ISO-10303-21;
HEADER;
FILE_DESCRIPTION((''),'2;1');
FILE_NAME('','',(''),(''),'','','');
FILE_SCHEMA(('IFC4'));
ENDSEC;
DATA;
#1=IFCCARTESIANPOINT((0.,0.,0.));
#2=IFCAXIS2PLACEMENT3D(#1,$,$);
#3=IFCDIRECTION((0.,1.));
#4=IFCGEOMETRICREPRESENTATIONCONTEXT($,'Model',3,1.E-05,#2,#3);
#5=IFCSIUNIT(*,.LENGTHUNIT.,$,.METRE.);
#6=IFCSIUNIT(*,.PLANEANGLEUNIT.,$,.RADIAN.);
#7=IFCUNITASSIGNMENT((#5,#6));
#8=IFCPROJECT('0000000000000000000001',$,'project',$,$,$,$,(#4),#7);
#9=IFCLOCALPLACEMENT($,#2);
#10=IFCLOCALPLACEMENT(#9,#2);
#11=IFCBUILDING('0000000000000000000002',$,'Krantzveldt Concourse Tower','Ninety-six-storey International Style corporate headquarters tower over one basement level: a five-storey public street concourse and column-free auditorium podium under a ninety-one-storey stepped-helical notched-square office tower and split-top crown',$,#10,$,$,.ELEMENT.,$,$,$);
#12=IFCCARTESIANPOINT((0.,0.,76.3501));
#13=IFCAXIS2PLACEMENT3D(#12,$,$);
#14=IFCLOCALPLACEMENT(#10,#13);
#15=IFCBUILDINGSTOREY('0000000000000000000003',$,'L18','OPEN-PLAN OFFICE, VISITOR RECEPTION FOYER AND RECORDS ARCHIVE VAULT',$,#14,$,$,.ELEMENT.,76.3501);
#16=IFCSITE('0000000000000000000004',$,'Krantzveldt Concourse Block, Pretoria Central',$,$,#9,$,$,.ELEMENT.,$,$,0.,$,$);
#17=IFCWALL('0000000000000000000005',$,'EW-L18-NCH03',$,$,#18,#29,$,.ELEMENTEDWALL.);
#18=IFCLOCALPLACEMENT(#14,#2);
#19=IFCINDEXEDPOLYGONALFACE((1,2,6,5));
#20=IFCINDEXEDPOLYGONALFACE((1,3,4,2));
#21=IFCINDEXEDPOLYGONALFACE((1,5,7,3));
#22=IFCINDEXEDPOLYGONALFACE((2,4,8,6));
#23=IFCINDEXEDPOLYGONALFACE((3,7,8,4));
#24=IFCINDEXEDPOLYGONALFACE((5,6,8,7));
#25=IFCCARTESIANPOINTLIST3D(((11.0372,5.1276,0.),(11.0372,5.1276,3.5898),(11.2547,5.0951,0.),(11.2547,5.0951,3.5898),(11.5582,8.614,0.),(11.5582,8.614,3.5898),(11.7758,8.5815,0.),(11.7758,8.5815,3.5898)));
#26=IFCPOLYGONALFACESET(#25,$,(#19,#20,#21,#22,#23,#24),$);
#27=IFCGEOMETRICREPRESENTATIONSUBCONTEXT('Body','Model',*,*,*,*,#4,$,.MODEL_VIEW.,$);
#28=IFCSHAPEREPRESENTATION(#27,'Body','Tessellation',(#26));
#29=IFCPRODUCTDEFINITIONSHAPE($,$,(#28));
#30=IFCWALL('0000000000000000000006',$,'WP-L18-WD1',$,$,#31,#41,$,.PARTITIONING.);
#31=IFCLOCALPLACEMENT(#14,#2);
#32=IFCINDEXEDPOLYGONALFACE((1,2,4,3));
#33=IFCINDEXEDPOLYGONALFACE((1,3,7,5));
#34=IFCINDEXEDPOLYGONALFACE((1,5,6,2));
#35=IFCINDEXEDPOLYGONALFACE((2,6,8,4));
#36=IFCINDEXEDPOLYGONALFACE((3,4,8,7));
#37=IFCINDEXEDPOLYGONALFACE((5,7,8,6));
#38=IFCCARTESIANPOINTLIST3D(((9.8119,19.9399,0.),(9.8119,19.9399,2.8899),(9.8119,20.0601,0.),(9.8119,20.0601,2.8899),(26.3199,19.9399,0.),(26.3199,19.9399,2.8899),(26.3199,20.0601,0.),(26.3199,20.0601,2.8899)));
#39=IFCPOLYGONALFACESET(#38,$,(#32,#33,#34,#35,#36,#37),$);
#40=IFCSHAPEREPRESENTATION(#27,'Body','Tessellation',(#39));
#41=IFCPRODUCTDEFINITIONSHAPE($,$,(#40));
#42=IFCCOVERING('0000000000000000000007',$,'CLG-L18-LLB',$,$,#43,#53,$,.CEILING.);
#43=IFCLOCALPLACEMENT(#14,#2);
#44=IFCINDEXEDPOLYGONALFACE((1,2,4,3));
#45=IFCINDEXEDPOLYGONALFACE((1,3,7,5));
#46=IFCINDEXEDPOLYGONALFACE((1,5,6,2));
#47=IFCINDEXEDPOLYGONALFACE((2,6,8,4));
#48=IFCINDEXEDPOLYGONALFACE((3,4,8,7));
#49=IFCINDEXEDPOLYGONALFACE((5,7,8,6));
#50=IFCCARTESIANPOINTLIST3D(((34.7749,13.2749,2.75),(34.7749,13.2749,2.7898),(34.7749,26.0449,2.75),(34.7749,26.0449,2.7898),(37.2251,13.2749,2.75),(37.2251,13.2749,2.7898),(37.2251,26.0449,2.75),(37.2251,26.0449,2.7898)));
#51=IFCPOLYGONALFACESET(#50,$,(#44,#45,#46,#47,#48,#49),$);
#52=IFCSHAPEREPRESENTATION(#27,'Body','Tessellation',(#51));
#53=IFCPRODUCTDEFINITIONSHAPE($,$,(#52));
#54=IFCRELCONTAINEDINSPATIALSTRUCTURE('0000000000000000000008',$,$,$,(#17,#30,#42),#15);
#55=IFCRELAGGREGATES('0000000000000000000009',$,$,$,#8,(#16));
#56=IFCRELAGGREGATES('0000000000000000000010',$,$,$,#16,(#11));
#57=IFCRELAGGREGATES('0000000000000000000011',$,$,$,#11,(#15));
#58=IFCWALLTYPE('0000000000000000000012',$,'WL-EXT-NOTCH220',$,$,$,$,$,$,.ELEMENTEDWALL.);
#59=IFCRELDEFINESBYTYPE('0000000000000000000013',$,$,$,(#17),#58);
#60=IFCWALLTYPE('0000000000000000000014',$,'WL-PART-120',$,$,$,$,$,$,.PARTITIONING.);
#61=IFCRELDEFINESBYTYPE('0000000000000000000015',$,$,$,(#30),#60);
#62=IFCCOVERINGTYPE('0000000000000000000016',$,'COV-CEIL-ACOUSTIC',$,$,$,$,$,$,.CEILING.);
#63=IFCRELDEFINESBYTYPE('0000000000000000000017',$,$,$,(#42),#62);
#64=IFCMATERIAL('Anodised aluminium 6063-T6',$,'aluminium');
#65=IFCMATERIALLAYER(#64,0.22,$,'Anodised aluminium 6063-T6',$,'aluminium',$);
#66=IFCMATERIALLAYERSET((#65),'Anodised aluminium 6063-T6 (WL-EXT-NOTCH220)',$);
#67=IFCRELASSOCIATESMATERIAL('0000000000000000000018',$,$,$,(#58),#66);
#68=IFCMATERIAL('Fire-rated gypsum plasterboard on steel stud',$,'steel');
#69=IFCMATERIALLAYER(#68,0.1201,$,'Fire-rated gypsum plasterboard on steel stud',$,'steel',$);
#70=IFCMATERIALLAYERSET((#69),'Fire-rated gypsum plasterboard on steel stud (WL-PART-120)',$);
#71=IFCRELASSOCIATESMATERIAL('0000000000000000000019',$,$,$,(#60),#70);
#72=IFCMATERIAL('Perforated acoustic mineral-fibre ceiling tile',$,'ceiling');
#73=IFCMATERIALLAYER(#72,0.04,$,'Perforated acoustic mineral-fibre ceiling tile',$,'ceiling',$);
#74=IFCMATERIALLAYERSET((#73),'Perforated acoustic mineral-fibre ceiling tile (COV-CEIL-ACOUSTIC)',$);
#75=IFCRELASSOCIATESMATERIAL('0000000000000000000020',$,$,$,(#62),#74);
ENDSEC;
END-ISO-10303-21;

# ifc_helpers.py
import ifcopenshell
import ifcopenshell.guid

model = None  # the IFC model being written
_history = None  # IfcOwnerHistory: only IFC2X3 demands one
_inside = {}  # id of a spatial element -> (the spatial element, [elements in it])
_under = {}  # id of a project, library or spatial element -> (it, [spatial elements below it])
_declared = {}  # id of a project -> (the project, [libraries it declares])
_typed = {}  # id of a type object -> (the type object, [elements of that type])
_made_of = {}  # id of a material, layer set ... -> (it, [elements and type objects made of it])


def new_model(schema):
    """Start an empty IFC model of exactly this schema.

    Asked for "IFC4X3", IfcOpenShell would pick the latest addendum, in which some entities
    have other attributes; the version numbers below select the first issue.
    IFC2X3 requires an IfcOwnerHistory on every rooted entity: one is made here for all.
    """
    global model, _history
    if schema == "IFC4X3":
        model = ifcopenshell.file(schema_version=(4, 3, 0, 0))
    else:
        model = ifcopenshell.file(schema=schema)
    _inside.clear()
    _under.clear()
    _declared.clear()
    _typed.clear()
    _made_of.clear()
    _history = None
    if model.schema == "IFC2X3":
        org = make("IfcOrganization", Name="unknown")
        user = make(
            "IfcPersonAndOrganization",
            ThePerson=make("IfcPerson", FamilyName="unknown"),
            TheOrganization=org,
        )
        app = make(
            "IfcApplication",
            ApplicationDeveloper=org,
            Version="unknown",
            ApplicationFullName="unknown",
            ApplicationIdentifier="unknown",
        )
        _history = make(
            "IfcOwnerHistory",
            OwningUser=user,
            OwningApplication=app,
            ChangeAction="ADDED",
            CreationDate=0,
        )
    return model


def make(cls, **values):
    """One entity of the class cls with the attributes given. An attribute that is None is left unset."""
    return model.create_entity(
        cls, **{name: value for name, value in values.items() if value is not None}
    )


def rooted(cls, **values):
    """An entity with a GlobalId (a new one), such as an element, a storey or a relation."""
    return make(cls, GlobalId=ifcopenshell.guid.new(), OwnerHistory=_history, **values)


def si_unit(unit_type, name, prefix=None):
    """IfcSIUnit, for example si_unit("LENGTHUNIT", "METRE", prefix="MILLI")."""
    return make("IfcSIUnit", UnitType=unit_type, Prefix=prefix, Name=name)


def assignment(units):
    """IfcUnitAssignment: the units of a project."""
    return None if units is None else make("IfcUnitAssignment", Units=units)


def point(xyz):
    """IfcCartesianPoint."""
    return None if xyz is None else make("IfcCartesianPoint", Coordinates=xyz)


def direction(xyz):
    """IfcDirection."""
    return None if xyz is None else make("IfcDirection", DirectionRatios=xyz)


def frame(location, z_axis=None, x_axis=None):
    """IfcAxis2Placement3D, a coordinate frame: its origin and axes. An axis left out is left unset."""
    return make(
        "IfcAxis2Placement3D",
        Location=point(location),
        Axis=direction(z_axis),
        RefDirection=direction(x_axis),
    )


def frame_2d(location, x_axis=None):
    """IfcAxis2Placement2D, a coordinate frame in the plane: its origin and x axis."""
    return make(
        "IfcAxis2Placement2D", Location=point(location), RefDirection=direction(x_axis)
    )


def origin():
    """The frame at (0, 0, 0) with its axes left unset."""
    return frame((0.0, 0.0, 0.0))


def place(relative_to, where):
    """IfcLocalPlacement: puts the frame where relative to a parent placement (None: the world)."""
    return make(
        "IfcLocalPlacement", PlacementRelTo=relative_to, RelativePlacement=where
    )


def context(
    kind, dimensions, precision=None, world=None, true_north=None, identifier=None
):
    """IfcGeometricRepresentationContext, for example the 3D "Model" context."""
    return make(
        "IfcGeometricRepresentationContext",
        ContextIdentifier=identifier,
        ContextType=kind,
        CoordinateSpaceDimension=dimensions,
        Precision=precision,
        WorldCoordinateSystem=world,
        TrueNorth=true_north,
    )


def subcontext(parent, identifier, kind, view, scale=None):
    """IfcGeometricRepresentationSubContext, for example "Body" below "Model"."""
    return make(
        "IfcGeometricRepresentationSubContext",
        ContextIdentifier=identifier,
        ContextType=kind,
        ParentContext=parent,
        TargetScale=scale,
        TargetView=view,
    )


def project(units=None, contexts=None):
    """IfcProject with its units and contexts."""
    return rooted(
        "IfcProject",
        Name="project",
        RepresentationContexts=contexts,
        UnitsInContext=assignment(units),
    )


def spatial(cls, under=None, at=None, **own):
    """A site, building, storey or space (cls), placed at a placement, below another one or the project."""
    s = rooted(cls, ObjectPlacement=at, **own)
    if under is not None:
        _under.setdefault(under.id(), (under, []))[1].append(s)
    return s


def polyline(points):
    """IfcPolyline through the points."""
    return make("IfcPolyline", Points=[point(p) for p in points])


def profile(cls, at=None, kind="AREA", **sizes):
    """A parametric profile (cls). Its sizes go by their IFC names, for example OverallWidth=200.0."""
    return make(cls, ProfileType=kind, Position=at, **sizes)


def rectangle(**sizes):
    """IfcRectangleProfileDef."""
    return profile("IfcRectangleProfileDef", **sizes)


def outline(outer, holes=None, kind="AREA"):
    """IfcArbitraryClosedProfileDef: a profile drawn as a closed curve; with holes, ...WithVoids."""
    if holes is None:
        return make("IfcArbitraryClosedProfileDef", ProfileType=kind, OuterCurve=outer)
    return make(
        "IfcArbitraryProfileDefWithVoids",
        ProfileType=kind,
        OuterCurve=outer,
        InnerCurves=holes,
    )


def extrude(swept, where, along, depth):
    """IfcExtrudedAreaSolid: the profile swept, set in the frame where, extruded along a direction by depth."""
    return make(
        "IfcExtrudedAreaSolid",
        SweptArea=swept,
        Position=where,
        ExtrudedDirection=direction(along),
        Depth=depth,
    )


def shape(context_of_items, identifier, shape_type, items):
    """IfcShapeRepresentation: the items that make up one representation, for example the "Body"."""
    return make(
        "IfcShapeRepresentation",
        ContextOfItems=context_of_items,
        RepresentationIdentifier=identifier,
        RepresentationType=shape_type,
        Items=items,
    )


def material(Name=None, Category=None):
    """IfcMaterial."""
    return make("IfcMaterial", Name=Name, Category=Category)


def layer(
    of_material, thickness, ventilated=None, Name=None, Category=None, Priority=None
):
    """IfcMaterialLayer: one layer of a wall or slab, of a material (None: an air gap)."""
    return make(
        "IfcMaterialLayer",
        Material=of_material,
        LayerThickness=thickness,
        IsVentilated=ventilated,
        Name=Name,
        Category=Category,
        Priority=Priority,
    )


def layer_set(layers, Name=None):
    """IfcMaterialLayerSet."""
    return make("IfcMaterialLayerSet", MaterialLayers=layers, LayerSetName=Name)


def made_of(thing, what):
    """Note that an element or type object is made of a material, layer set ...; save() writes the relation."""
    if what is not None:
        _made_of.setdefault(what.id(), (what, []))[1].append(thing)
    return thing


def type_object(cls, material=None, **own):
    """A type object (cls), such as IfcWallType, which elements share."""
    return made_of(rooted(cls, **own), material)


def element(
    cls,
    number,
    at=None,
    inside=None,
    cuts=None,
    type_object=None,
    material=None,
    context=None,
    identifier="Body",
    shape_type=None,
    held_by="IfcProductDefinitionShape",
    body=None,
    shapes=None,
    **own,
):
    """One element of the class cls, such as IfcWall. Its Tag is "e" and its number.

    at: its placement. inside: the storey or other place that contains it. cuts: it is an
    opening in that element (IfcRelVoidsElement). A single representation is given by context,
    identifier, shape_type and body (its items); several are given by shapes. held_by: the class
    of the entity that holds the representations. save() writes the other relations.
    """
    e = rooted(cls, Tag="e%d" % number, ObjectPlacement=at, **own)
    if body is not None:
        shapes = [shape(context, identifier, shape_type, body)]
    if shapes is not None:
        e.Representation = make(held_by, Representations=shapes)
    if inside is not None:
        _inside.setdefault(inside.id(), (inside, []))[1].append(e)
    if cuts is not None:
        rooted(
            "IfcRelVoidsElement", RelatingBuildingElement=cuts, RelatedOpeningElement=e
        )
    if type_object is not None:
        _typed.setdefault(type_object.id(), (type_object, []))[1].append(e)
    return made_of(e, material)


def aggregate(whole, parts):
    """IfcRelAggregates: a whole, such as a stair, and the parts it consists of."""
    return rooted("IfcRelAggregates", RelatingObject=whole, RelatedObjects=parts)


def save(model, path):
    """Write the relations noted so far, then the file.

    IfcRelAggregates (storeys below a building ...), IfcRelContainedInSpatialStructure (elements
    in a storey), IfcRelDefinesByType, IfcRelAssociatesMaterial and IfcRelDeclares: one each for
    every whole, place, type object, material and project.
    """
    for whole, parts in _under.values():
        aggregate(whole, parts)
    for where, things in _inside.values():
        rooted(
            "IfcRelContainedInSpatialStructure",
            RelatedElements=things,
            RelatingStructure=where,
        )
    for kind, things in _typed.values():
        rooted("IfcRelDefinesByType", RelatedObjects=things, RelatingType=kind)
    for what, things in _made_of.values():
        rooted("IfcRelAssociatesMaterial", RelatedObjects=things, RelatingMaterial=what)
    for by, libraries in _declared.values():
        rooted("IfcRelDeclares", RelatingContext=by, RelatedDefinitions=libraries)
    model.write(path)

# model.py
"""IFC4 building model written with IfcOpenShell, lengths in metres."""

from ifc_helpers import new_model, si_unit, direction, frame, frame_2d, origin, place, context, subcontext, project, spatial, polyline, rectangle, outline, extrude, material, layer, layer_set, type_object, element, save


model = new_model("IFC4")

# Units and contexts
model_context = context("Model", 3, precision=1e-05, world=origin(), true_north=direction((0.0, 1.0)))
body_context = subcontext(model_context, "Body", "Model", "MODEL_VIEW")
ifc_project = project(units=[si_unit("LENGTHUNIT", "METRE"), si_unit("PLANEANGLEUNIT", "RADIAN")], contexts=[model_context])

# Site, building, storey
site_placement = place(None, origin())
site = spatial("IfcSite", under=ifc_project, at=site_placement, Name="Krantzveldt Concourse Block, Pretoria Central", CompositionType="ELEMENT", RefElevation=0.0)
building_placement = place(site_placement, origin())
building = spatial("IfcBuilding", under=site, at=building_placement, Name="Krantzveldt Concourse Tower", Description="Ninety-six-storey International Style corporate headquarters tower over one basement level: a five-storey public street concourse and column-free auditorium podium under a ninety-one-storey stepped-helical notched-square office tower and split-top crown", CompositionType="ELEMENT")
storey_placement = place(building_placement, frame((0.0, 0.0, 76.3501)))
storey = spatial("IfcBuildingStorey", under=building, at=storey_placement, Name="L18", Description="OPEN-PLAN OFFICE, VISITOR RECEPTION FOYER AND RECORDS ARCHIVE VAULT", CompositionType="ELEMENT", Elevation=76.3501)

# Shared definitions
ifc_material_1 = material(Name="Anodised aluminium 6063-T6", Category="aluminium")

# Walls
ifc_layer_1 = layer(ifc_material_1, 0.22, Name="Anodised aluminium 6063-T6", Category="aluminium")
ifc_layer_set_1 = layer_set([ifc_layer_1], Name="Anodised aluminium 6063-T6 (WL-EXT-NOTCH220)")
wall_type_1 = type_object("IfcWallType", Name="WL-EXT-NOTCH220", PredefinedType="ELEMENTEDWALL", material=ifc_layer_set_1)
wall_1_placement = place(storey_placement, frame((11.667, 8.5979, 0.0), z_axis=(0.0, 0.0, 1.0), x_axis=(-0.147799, -0.989017, 0.0)))
element("IfcWall", 1, at=wall_1_placement, inside=storey, type_object=wall_type_1, Name="EW-L18-NCH03", PredefinedType="ELEMENTEDWALL", context=body_context, shape_type="SweptSolid", body=[
    extrude(rectangle(XDim=3.5251, YDim=0.22, at=frame_2d((1.7627, 0.0))), origin(), (0.0, 0.0, 1.0), 3.5898),
])
ifc_material_2 = material(Name="Fire-rated gypsum plasterboard on steel stud", Category="steel")
ifc_layer_2 = layer(ifc_material_2, 0.1201, Name="Fire-rated gypsum plasterboard on steel stud", Category="steel")
ifc_layer_set_2 = layer_set([ifc_layer_2], Name="Fire-rated gypsum plasterboard on steel stud (WL-PART-120)")
wall_type_2 = type_object("IfcWallType", Name="WL-PART-120", PredefinedType="PARTITIONING", material=ifc_layer_set_2)
wall_2_placement = place(storey_placement, frame((9.812, 20.0, 0.0), z_axis=(0.0, 0.0, 1.0), x_axis=(1.0, 0.0, 0.0)))
element("IfcWall", 2, at=wall_2_placement, inside=storey, type_object=wall_type_2, Name="WP-L18-WD1", PredefinedType="PARTITIONING", context=body_context, shape_type="SweptSolid", body=[
    extrude(rectangle(XDim=16.5081, YDim=0.1201, at=frame_2d((8.2539, 0.0))), origin(), (0.0, 0.0, 1.0), 2.8899),
])

# Covering
ifc_material_3 = material(Name="Perforated acoustic mineral-fibre ceiling tile", Category="ceiling")
ifc_layer_3 = layer(ifc_material_3, 0.04, Name="Perforated acoustic mineral-fibre ceiling tile", Category="ceiling")
ifc_layer_set_3 = layer_set([ifc_layer_3], Name="Perforated acoustic mineral-fibre ceiling tile (COV-CEIL-ACOUSTIC)")
covering_type = type_object("IfcCoveringType", Name="COV-CEIL-ACOUSTIC", PredefinedType="CEILING", material=ifc_layer_set_3)
covering_placement = place(storey_placement, frame((0.0, 0.0, 2.75)))
element("IfcCovering", 3, at=covering_placement, inside=storey, type_object=covering_type, Name="CLG-L18-LLB", PredefinedType="CEILING", context=body_context, shape_type="SweptSolid", body=[
    extrude(outline(polyline([(37.2251, 13.2749), (34.7749, 13.2749), (34.7749, 26.0449), (37.2251, 26.0449), (37.2251, 13.2749)])), origin(), (0.0, 0.0, 1.0), 0.0398),
])

save(model, "model.ifc")
